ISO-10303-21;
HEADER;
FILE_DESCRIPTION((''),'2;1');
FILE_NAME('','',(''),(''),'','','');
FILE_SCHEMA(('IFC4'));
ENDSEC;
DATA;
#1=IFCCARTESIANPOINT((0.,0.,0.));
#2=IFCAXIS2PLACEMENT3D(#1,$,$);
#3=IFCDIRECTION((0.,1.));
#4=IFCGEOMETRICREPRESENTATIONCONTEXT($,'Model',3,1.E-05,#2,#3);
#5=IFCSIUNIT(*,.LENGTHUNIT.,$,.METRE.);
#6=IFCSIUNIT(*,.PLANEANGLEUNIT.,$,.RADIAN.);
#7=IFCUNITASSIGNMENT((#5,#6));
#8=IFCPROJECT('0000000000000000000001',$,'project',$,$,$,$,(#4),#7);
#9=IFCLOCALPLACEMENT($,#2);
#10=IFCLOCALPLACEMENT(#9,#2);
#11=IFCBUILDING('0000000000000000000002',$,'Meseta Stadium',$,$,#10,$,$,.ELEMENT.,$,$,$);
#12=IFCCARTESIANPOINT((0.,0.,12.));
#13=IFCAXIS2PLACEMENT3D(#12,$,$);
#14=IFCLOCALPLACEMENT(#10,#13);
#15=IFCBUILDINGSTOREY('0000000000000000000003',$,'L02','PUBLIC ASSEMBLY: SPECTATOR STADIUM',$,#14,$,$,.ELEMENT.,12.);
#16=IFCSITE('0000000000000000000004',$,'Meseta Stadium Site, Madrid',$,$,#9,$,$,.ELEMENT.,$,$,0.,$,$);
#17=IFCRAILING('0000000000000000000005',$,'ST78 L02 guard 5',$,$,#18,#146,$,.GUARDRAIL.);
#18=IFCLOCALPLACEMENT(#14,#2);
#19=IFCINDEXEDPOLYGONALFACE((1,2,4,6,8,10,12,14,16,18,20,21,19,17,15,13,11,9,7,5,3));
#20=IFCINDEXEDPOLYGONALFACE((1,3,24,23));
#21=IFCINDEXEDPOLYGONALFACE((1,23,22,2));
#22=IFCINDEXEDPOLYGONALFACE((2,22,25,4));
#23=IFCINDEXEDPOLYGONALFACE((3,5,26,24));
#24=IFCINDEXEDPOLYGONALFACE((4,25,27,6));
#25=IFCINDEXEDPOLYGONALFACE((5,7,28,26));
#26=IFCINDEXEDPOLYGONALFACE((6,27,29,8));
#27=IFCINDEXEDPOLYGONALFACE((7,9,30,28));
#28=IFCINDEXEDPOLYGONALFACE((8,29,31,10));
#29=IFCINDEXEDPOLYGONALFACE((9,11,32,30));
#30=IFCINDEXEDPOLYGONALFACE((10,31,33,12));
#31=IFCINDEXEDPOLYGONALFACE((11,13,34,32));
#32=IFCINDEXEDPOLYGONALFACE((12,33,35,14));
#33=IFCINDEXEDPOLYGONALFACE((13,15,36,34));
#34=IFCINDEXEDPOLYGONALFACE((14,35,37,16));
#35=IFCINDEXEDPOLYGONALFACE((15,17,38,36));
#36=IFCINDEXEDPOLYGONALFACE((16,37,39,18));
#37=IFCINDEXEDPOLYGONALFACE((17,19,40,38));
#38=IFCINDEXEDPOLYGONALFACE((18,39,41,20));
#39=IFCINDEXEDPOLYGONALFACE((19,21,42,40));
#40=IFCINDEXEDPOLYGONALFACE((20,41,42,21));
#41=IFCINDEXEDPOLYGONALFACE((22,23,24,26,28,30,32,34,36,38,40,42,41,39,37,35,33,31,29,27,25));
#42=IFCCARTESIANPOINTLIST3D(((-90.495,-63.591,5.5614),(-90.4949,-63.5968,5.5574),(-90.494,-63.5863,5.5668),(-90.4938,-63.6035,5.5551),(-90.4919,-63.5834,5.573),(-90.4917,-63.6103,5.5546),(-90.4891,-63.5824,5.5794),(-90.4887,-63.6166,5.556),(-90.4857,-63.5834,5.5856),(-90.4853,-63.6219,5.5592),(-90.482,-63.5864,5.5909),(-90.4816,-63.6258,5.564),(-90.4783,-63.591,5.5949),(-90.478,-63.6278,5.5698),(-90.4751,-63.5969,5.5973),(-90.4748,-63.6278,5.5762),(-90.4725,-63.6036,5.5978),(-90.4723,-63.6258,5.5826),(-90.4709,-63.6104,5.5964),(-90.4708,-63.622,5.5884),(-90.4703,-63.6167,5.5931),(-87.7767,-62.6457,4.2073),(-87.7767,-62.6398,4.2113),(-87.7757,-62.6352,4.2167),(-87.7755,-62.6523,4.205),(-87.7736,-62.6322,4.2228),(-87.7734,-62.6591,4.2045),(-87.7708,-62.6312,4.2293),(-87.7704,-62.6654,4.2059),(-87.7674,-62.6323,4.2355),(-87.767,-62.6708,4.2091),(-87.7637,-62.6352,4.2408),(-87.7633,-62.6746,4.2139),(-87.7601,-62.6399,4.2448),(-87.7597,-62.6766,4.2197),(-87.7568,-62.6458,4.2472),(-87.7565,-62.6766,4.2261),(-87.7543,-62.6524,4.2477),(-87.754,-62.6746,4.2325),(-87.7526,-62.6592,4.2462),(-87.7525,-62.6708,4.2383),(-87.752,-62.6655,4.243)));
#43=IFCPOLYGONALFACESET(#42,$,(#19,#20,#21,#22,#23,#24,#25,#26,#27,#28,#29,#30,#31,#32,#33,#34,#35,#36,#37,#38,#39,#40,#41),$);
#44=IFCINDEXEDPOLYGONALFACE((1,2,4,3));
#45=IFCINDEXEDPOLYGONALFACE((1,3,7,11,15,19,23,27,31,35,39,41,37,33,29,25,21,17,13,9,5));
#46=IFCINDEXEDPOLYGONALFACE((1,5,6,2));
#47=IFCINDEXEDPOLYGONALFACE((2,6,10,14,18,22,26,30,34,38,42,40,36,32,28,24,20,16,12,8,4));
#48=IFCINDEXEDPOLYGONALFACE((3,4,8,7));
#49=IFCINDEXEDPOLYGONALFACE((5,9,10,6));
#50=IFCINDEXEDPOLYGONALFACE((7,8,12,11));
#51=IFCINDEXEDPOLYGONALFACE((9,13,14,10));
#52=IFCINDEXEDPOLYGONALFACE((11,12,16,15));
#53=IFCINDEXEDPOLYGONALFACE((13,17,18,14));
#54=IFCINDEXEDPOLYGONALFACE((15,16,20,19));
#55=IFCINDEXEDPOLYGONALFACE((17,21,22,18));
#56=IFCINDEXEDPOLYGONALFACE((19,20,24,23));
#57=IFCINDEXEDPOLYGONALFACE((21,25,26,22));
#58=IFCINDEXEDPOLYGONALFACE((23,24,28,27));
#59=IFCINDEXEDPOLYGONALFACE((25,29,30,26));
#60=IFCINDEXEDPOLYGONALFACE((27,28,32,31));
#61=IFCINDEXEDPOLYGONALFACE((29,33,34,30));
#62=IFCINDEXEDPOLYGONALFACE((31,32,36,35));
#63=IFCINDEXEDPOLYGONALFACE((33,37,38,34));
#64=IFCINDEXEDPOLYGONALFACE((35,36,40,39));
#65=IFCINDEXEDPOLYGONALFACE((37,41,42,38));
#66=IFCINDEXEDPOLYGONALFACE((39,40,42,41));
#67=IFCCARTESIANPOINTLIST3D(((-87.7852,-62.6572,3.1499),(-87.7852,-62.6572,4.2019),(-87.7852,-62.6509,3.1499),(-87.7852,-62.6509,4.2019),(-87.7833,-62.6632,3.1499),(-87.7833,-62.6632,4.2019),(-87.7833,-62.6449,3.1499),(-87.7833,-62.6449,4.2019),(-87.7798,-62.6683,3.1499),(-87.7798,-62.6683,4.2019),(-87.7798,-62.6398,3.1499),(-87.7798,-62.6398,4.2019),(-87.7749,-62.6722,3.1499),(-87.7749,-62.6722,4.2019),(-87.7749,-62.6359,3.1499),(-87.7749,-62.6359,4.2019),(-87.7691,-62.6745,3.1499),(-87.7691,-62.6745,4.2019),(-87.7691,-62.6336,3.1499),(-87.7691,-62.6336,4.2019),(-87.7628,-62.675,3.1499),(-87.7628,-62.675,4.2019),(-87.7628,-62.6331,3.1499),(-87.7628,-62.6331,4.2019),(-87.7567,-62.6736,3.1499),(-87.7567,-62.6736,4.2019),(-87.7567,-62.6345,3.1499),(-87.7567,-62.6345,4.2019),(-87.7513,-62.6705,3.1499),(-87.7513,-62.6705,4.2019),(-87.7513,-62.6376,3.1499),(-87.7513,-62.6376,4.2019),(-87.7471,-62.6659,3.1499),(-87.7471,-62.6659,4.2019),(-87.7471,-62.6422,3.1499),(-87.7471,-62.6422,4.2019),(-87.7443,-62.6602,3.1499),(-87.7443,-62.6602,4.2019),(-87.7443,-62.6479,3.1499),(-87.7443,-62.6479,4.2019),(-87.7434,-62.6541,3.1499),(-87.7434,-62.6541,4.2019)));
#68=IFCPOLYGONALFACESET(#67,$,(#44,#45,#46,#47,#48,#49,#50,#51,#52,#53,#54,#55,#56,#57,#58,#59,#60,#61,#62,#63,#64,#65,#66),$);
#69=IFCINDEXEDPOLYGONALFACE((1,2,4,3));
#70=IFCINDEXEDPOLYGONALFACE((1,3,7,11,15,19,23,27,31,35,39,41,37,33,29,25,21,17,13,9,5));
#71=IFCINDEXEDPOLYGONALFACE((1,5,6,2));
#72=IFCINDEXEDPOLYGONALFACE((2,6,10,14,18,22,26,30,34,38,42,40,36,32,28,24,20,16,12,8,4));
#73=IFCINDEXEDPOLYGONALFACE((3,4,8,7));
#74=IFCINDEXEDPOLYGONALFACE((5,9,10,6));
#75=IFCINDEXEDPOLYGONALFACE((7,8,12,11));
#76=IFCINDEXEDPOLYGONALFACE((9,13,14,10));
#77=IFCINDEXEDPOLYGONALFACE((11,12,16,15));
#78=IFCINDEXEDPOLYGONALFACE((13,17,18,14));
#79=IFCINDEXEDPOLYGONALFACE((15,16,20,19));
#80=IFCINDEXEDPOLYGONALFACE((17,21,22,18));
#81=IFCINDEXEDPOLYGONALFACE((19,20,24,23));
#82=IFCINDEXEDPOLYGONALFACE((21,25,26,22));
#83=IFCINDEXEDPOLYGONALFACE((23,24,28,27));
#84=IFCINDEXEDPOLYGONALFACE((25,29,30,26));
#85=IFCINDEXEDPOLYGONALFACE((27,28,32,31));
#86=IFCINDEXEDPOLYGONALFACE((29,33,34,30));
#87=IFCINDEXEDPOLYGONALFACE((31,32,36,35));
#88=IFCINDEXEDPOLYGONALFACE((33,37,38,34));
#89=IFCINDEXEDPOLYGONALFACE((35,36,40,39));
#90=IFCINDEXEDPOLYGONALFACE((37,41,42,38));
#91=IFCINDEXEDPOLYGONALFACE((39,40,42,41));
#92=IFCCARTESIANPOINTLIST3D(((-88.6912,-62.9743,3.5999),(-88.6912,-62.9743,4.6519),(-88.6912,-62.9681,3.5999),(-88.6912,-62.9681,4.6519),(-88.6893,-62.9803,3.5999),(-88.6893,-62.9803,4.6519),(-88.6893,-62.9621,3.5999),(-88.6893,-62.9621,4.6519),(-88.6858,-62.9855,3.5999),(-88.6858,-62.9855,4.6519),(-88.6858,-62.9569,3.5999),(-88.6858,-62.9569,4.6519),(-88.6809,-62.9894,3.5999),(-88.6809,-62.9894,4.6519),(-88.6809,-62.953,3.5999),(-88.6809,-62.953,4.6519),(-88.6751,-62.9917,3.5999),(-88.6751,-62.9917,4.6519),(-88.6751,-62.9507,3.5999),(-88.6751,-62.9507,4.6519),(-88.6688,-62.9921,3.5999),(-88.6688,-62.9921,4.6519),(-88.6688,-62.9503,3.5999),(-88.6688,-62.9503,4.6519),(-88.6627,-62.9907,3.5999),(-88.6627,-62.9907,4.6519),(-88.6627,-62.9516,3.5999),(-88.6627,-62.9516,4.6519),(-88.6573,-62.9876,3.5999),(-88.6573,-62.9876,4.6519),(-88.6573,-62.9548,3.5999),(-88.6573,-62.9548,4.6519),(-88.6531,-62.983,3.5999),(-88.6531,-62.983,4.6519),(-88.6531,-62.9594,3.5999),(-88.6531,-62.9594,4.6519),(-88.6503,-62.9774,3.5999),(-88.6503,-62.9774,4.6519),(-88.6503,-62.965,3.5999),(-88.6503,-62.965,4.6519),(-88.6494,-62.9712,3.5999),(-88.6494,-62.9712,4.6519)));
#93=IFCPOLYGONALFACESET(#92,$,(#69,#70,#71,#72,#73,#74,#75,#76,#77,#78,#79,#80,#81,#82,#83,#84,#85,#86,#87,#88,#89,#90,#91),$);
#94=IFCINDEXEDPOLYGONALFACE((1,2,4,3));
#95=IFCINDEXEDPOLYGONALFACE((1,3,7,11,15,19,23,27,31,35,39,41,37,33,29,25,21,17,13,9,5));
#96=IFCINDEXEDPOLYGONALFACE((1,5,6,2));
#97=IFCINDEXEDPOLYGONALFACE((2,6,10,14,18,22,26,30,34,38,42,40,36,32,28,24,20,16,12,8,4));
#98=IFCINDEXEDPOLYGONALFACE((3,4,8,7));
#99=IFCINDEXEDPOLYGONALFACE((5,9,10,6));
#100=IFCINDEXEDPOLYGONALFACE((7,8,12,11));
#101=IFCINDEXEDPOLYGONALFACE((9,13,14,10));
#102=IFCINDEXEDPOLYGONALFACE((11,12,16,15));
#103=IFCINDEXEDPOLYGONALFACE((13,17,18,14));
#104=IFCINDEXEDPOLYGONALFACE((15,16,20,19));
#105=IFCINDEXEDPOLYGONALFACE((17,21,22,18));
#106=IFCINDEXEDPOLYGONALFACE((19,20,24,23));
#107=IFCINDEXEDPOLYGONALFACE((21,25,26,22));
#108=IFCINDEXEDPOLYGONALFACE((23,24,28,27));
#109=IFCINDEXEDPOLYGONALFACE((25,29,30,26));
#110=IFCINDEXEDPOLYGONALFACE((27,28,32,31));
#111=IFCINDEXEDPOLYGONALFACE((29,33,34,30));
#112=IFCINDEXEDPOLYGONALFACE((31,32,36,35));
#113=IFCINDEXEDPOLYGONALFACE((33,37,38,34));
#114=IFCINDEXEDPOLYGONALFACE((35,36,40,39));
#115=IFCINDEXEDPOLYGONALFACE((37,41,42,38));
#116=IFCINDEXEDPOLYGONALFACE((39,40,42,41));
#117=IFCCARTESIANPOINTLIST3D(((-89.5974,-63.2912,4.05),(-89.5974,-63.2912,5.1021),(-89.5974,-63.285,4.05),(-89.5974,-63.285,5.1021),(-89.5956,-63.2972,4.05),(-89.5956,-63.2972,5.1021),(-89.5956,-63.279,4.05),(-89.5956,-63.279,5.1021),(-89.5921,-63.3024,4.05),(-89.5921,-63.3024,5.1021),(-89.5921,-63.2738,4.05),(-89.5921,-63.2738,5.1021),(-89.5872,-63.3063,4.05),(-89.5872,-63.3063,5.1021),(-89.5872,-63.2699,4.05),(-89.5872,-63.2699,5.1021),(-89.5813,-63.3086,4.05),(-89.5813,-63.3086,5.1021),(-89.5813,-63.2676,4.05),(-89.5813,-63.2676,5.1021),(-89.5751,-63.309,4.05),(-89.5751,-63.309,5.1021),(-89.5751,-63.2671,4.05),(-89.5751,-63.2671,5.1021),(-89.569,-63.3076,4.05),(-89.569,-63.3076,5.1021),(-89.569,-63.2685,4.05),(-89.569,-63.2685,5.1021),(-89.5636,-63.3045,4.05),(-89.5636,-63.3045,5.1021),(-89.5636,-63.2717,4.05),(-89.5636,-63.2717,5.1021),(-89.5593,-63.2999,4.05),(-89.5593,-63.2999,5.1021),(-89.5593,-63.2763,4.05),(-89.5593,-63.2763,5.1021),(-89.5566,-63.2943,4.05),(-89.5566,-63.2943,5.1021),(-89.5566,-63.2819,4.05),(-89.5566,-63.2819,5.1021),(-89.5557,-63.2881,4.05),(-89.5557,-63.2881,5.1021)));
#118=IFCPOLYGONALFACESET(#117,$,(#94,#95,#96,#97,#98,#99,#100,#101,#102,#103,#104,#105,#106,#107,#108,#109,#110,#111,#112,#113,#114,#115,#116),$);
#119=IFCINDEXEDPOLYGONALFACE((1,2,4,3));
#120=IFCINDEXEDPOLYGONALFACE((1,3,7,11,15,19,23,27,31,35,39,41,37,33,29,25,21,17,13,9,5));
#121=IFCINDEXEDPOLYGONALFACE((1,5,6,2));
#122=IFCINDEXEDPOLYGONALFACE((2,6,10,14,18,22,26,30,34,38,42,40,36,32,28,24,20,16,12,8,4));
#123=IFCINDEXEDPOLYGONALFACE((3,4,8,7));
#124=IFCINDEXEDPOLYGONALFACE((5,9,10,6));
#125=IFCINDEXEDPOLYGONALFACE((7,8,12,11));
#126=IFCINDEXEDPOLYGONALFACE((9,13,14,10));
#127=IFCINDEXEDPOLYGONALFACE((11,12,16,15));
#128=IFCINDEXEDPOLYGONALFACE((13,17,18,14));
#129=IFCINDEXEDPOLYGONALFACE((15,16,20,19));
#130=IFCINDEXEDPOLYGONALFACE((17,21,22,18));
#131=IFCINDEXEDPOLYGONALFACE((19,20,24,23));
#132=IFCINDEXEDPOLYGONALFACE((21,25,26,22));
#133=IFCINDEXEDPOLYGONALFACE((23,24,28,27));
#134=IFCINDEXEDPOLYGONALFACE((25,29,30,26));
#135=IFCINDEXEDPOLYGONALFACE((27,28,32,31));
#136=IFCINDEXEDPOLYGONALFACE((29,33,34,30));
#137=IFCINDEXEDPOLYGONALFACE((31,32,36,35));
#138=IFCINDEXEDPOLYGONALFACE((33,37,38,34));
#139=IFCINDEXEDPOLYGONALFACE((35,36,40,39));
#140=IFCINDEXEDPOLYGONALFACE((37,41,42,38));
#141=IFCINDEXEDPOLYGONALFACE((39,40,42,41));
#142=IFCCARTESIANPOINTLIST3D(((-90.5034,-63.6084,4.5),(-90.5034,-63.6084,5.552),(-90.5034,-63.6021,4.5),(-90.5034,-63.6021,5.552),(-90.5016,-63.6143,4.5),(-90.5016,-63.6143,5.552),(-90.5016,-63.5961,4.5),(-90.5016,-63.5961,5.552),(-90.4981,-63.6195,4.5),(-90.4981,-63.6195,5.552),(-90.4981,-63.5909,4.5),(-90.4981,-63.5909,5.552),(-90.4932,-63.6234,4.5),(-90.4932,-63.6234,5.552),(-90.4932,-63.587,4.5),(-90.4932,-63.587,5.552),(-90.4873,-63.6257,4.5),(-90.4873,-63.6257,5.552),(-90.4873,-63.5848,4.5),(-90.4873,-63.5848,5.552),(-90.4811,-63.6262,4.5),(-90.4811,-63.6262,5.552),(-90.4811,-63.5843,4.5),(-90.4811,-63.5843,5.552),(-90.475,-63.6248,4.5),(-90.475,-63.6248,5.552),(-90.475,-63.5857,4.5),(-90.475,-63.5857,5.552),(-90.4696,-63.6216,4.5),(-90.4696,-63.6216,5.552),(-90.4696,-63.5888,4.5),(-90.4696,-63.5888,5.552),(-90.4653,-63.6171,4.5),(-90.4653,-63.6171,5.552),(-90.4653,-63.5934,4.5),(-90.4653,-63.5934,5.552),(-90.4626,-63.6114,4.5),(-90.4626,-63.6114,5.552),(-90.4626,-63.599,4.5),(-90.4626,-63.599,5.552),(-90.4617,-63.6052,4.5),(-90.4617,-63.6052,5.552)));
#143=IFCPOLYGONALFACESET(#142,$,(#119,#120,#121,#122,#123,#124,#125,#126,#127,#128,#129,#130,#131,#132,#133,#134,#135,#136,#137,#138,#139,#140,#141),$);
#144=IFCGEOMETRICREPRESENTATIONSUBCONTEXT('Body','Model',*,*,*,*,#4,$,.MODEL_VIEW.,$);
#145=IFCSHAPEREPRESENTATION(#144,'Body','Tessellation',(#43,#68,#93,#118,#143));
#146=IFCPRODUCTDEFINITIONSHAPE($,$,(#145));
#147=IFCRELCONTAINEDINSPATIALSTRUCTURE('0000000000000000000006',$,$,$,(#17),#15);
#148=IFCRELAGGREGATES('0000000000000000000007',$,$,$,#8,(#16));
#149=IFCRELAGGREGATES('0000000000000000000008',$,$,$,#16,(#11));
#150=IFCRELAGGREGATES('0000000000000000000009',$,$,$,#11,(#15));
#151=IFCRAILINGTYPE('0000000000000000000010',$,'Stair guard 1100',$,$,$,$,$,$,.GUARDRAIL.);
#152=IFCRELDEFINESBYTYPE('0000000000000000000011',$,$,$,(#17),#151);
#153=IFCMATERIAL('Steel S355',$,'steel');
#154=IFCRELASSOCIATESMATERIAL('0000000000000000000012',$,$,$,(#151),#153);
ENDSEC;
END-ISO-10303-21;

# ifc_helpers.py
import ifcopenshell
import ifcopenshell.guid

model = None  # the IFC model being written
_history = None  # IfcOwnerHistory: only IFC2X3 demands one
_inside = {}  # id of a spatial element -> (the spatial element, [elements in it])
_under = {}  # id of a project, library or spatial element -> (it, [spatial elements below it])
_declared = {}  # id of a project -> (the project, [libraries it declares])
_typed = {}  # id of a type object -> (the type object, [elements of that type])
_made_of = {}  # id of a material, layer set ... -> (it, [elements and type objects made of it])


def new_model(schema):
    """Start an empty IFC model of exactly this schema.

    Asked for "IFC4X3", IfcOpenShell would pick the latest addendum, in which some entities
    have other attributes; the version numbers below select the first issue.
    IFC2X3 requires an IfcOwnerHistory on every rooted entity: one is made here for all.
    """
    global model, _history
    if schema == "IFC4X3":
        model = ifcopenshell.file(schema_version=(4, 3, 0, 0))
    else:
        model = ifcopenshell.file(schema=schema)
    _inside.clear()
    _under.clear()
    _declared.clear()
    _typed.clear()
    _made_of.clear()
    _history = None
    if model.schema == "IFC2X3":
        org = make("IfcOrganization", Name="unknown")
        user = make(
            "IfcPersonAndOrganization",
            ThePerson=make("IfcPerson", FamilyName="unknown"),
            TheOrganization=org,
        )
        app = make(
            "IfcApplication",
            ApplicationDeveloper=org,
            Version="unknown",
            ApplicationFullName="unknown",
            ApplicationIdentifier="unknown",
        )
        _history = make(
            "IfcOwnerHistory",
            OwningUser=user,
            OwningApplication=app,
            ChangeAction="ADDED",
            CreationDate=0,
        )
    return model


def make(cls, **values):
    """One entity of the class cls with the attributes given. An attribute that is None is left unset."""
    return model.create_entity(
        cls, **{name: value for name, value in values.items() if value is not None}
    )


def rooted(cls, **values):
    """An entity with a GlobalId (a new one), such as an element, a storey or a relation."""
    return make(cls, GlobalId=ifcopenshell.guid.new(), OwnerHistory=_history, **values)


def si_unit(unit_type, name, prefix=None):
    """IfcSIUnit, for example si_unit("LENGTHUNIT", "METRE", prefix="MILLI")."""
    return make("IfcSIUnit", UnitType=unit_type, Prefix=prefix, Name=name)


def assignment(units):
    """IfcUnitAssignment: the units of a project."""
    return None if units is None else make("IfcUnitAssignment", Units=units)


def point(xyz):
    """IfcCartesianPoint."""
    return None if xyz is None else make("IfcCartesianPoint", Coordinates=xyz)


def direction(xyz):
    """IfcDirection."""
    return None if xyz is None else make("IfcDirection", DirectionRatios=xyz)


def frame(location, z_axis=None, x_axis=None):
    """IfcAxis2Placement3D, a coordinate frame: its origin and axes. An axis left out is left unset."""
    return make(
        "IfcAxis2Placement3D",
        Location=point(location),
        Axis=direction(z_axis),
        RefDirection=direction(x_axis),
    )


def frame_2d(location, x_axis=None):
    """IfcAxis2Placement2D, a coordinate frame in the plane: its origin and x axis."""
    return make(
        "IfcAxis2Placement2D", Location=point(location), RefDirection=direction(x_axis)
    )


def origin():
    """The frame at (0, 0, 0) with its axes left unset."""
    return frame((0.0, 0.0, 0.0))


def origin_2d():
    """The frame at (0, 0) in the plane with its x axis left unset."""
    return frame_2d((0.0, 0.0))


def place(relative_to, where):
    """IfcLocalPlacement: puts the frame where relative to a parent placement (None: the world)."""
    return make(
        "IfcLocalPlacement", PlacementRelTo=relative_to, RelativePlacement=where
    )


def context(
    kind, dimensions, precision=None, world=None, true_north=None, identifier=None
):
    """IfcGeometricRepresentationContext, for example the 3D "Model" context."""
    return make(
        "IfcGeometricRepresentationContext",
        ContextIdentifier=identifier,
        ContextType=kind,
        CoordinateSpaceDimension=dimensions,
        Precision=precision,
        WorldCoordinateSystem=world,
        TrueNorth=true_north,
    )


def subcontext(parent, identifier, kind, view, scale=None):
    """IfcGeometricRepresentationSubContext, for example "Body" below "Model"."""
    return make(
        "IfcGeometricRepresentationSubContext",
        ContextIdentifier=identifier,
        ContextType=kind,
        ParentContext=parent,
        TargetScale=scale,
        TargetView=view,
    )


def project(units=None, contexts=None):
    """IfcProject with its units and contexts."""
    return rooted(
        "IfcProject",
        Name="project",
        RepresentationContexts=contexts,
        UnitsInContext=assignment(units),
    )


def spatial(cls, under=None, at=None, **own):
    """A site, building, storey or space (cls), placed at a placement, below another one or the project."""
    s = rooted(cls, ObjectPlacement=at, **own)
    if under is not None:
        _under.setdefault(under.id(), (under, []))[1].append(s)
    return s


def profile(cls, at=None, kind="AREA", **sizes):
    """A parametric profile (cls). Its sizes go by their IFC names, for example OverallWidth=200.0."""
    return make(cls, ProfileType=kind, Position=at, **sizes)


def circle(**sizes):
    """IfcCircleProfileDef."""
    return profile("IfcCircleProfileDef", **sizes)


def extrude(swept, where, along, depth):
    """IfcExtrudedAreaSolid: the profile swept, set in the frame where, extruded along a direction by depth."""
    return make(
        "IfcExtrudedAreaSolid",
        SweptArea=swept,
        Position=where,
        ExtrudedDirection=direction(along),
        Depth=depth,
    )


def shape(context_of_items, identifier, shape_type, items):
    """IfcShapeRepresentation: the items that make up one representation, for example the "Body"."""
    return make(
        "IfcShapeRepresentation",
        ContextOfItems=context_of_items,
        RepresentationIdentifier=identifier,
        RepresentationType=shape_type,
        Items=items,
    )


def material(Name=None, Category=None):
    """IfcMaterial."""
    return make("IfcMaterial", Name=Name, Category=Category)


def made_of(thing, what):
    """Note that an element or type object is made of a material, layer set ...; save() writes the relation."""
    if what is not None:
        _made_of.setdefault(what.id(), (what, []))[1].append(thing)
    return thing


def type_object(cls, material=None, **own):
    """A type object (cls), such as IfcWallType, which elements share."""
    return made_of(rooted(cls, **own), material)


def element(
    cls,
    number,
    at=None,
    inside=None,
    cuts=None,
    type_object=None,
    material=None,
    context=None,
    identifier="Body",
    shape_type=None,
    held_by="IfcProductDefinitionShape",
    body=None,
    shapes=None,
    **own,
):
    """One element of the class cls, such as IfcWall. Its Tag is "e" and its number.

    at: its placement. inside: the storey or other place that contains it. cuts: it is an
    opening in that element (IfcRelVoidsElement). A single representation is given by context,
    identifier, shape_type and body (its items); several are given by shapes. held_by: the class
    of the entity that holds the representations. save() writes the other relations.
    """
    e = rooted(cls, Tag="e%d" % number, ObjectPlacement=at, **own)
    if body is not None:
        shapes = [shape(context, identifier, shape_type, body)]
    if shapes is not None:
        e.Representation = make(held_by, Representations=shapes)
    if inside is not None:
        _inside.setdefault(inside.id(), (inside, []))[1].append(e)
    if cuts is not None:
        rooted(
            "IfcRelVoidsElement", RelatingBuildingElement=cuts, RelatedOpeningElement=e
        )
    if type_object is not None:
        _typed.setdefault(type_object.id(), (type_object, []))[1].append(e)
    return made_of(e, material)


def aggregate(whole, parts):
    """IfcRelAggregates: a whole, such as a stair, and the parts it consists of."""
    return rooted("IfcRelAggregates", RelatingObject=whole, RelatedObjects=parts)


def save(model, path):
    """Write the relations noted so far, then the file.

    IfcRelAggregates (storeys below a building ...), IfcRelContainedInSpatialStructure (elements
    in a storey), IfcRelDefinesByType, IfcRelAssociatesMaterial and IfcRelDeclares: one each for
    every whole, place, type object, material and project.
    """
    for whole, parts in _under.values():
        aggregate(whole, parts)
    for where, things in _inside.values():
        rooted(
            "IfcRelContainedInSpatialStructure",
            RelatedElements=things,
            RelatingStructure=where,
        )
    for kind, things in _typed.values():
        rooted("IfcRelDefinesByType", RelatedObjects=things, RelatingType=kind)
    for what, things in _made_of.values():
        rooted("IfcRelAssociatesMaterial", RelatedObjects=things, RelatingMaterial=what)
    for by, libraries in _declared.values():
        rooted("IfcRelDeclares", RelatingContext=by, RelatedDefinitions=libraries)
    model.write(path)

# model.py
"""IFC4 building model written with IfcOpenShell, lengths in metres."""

from ifc_helpers import new_model, si_unit, direction, frame, origin, origin_2d, place, context, subcontext, project, spatial, circle, extrude, material, type_object, element, save


model = new_model("IFC4")

# Units and contexts
model_context = context("Model", 3, precision=1e-05, world=origin(), true_north=direction((0.0, 1.0)))
body_context = subcontext(model_context, "Body", "Model", "MODEL_VIEW")
ifc_project = project(units=[si_unit("LENGTHUNIT", "METRE"), si_unit("PLANEANGLEUNIT", "RADIAN")], contexts=[model_context])

# Site, building, storey
site_placement = place(None, origin())
site = spatial("IfcSite", under=ifc_project, at=site_placement, Name="Meseta Stadium Site, Madrid", CompositionType="ELEMENT", RefElevation=0.0)
building_placement = place(site_placement, origin())
building = spatial("IfcBuilding", under=site, at=building_placement, Name="Meseta Stadium", CompositionType="ELEMENT")
storey_placement = place(building_placement, frame((0.0, 0.0, 12.0)))
storey = spatial("IfcBuildingStorey", under=building, at=storey_placement, Name="L02", Description="PUBLIC ASSEMBLY: SPECTATOR STADIUM", CompositionType="ELEMENT", Elevation=12.0)

# Railing
ifc_material_1 = material(Name="Steel S355", Category="steel")
railing_type_1 = type_object("IfcRailingType", Name="Stair guard 1100", PredefinedType="GUARDRAIL", material=ifc_material_1)
railing_1_placement = place(storey_placement, frame((-87.7644, -62.6541, 3.1499)))
element("IfcRailing", 1, at=railing_1_placement, inside=storey, type_object=railing_type_1, Name="ST78 L02 guard 5", PredefinedType="GUARDRAIL", context=body_context, shape_type="SweptSolid", body=[
    extrude(circle(Radius=0.0239, at=origin_2d()), frame((0.0, 0.0, 1.0762), z_axis=(-0.854629, -0.299051, 0.424474), x_axis=(0.330282, -0.943882, 0.0)), (0.0, 0.0, 1.0), 3.1807),
    extrude(circle(Radius=0.021, at=origin_2d()), origin(), (0.0, 0.0, 1.0), 1.052),
    extrude(circle(Radius=0.021, at=origin_2d()), frame((-0.906, -0.3171, 0.45)), (0.0, 0.0, 1.0), 1.052),
    extrude(circle(Radius=0.021, at=origin_2d()), frame((-1.8123, -0.634, 0.9001)), (0.0, 0.0, 1.0), 1.052),
    extrude(circle(Radius=0.021, at=origin_2d()), frame((-2.7183, -0.9512, 1.3501)), (0.0, 0.0, 1.0), 1.052),
])

save(model, "model.ifc")
